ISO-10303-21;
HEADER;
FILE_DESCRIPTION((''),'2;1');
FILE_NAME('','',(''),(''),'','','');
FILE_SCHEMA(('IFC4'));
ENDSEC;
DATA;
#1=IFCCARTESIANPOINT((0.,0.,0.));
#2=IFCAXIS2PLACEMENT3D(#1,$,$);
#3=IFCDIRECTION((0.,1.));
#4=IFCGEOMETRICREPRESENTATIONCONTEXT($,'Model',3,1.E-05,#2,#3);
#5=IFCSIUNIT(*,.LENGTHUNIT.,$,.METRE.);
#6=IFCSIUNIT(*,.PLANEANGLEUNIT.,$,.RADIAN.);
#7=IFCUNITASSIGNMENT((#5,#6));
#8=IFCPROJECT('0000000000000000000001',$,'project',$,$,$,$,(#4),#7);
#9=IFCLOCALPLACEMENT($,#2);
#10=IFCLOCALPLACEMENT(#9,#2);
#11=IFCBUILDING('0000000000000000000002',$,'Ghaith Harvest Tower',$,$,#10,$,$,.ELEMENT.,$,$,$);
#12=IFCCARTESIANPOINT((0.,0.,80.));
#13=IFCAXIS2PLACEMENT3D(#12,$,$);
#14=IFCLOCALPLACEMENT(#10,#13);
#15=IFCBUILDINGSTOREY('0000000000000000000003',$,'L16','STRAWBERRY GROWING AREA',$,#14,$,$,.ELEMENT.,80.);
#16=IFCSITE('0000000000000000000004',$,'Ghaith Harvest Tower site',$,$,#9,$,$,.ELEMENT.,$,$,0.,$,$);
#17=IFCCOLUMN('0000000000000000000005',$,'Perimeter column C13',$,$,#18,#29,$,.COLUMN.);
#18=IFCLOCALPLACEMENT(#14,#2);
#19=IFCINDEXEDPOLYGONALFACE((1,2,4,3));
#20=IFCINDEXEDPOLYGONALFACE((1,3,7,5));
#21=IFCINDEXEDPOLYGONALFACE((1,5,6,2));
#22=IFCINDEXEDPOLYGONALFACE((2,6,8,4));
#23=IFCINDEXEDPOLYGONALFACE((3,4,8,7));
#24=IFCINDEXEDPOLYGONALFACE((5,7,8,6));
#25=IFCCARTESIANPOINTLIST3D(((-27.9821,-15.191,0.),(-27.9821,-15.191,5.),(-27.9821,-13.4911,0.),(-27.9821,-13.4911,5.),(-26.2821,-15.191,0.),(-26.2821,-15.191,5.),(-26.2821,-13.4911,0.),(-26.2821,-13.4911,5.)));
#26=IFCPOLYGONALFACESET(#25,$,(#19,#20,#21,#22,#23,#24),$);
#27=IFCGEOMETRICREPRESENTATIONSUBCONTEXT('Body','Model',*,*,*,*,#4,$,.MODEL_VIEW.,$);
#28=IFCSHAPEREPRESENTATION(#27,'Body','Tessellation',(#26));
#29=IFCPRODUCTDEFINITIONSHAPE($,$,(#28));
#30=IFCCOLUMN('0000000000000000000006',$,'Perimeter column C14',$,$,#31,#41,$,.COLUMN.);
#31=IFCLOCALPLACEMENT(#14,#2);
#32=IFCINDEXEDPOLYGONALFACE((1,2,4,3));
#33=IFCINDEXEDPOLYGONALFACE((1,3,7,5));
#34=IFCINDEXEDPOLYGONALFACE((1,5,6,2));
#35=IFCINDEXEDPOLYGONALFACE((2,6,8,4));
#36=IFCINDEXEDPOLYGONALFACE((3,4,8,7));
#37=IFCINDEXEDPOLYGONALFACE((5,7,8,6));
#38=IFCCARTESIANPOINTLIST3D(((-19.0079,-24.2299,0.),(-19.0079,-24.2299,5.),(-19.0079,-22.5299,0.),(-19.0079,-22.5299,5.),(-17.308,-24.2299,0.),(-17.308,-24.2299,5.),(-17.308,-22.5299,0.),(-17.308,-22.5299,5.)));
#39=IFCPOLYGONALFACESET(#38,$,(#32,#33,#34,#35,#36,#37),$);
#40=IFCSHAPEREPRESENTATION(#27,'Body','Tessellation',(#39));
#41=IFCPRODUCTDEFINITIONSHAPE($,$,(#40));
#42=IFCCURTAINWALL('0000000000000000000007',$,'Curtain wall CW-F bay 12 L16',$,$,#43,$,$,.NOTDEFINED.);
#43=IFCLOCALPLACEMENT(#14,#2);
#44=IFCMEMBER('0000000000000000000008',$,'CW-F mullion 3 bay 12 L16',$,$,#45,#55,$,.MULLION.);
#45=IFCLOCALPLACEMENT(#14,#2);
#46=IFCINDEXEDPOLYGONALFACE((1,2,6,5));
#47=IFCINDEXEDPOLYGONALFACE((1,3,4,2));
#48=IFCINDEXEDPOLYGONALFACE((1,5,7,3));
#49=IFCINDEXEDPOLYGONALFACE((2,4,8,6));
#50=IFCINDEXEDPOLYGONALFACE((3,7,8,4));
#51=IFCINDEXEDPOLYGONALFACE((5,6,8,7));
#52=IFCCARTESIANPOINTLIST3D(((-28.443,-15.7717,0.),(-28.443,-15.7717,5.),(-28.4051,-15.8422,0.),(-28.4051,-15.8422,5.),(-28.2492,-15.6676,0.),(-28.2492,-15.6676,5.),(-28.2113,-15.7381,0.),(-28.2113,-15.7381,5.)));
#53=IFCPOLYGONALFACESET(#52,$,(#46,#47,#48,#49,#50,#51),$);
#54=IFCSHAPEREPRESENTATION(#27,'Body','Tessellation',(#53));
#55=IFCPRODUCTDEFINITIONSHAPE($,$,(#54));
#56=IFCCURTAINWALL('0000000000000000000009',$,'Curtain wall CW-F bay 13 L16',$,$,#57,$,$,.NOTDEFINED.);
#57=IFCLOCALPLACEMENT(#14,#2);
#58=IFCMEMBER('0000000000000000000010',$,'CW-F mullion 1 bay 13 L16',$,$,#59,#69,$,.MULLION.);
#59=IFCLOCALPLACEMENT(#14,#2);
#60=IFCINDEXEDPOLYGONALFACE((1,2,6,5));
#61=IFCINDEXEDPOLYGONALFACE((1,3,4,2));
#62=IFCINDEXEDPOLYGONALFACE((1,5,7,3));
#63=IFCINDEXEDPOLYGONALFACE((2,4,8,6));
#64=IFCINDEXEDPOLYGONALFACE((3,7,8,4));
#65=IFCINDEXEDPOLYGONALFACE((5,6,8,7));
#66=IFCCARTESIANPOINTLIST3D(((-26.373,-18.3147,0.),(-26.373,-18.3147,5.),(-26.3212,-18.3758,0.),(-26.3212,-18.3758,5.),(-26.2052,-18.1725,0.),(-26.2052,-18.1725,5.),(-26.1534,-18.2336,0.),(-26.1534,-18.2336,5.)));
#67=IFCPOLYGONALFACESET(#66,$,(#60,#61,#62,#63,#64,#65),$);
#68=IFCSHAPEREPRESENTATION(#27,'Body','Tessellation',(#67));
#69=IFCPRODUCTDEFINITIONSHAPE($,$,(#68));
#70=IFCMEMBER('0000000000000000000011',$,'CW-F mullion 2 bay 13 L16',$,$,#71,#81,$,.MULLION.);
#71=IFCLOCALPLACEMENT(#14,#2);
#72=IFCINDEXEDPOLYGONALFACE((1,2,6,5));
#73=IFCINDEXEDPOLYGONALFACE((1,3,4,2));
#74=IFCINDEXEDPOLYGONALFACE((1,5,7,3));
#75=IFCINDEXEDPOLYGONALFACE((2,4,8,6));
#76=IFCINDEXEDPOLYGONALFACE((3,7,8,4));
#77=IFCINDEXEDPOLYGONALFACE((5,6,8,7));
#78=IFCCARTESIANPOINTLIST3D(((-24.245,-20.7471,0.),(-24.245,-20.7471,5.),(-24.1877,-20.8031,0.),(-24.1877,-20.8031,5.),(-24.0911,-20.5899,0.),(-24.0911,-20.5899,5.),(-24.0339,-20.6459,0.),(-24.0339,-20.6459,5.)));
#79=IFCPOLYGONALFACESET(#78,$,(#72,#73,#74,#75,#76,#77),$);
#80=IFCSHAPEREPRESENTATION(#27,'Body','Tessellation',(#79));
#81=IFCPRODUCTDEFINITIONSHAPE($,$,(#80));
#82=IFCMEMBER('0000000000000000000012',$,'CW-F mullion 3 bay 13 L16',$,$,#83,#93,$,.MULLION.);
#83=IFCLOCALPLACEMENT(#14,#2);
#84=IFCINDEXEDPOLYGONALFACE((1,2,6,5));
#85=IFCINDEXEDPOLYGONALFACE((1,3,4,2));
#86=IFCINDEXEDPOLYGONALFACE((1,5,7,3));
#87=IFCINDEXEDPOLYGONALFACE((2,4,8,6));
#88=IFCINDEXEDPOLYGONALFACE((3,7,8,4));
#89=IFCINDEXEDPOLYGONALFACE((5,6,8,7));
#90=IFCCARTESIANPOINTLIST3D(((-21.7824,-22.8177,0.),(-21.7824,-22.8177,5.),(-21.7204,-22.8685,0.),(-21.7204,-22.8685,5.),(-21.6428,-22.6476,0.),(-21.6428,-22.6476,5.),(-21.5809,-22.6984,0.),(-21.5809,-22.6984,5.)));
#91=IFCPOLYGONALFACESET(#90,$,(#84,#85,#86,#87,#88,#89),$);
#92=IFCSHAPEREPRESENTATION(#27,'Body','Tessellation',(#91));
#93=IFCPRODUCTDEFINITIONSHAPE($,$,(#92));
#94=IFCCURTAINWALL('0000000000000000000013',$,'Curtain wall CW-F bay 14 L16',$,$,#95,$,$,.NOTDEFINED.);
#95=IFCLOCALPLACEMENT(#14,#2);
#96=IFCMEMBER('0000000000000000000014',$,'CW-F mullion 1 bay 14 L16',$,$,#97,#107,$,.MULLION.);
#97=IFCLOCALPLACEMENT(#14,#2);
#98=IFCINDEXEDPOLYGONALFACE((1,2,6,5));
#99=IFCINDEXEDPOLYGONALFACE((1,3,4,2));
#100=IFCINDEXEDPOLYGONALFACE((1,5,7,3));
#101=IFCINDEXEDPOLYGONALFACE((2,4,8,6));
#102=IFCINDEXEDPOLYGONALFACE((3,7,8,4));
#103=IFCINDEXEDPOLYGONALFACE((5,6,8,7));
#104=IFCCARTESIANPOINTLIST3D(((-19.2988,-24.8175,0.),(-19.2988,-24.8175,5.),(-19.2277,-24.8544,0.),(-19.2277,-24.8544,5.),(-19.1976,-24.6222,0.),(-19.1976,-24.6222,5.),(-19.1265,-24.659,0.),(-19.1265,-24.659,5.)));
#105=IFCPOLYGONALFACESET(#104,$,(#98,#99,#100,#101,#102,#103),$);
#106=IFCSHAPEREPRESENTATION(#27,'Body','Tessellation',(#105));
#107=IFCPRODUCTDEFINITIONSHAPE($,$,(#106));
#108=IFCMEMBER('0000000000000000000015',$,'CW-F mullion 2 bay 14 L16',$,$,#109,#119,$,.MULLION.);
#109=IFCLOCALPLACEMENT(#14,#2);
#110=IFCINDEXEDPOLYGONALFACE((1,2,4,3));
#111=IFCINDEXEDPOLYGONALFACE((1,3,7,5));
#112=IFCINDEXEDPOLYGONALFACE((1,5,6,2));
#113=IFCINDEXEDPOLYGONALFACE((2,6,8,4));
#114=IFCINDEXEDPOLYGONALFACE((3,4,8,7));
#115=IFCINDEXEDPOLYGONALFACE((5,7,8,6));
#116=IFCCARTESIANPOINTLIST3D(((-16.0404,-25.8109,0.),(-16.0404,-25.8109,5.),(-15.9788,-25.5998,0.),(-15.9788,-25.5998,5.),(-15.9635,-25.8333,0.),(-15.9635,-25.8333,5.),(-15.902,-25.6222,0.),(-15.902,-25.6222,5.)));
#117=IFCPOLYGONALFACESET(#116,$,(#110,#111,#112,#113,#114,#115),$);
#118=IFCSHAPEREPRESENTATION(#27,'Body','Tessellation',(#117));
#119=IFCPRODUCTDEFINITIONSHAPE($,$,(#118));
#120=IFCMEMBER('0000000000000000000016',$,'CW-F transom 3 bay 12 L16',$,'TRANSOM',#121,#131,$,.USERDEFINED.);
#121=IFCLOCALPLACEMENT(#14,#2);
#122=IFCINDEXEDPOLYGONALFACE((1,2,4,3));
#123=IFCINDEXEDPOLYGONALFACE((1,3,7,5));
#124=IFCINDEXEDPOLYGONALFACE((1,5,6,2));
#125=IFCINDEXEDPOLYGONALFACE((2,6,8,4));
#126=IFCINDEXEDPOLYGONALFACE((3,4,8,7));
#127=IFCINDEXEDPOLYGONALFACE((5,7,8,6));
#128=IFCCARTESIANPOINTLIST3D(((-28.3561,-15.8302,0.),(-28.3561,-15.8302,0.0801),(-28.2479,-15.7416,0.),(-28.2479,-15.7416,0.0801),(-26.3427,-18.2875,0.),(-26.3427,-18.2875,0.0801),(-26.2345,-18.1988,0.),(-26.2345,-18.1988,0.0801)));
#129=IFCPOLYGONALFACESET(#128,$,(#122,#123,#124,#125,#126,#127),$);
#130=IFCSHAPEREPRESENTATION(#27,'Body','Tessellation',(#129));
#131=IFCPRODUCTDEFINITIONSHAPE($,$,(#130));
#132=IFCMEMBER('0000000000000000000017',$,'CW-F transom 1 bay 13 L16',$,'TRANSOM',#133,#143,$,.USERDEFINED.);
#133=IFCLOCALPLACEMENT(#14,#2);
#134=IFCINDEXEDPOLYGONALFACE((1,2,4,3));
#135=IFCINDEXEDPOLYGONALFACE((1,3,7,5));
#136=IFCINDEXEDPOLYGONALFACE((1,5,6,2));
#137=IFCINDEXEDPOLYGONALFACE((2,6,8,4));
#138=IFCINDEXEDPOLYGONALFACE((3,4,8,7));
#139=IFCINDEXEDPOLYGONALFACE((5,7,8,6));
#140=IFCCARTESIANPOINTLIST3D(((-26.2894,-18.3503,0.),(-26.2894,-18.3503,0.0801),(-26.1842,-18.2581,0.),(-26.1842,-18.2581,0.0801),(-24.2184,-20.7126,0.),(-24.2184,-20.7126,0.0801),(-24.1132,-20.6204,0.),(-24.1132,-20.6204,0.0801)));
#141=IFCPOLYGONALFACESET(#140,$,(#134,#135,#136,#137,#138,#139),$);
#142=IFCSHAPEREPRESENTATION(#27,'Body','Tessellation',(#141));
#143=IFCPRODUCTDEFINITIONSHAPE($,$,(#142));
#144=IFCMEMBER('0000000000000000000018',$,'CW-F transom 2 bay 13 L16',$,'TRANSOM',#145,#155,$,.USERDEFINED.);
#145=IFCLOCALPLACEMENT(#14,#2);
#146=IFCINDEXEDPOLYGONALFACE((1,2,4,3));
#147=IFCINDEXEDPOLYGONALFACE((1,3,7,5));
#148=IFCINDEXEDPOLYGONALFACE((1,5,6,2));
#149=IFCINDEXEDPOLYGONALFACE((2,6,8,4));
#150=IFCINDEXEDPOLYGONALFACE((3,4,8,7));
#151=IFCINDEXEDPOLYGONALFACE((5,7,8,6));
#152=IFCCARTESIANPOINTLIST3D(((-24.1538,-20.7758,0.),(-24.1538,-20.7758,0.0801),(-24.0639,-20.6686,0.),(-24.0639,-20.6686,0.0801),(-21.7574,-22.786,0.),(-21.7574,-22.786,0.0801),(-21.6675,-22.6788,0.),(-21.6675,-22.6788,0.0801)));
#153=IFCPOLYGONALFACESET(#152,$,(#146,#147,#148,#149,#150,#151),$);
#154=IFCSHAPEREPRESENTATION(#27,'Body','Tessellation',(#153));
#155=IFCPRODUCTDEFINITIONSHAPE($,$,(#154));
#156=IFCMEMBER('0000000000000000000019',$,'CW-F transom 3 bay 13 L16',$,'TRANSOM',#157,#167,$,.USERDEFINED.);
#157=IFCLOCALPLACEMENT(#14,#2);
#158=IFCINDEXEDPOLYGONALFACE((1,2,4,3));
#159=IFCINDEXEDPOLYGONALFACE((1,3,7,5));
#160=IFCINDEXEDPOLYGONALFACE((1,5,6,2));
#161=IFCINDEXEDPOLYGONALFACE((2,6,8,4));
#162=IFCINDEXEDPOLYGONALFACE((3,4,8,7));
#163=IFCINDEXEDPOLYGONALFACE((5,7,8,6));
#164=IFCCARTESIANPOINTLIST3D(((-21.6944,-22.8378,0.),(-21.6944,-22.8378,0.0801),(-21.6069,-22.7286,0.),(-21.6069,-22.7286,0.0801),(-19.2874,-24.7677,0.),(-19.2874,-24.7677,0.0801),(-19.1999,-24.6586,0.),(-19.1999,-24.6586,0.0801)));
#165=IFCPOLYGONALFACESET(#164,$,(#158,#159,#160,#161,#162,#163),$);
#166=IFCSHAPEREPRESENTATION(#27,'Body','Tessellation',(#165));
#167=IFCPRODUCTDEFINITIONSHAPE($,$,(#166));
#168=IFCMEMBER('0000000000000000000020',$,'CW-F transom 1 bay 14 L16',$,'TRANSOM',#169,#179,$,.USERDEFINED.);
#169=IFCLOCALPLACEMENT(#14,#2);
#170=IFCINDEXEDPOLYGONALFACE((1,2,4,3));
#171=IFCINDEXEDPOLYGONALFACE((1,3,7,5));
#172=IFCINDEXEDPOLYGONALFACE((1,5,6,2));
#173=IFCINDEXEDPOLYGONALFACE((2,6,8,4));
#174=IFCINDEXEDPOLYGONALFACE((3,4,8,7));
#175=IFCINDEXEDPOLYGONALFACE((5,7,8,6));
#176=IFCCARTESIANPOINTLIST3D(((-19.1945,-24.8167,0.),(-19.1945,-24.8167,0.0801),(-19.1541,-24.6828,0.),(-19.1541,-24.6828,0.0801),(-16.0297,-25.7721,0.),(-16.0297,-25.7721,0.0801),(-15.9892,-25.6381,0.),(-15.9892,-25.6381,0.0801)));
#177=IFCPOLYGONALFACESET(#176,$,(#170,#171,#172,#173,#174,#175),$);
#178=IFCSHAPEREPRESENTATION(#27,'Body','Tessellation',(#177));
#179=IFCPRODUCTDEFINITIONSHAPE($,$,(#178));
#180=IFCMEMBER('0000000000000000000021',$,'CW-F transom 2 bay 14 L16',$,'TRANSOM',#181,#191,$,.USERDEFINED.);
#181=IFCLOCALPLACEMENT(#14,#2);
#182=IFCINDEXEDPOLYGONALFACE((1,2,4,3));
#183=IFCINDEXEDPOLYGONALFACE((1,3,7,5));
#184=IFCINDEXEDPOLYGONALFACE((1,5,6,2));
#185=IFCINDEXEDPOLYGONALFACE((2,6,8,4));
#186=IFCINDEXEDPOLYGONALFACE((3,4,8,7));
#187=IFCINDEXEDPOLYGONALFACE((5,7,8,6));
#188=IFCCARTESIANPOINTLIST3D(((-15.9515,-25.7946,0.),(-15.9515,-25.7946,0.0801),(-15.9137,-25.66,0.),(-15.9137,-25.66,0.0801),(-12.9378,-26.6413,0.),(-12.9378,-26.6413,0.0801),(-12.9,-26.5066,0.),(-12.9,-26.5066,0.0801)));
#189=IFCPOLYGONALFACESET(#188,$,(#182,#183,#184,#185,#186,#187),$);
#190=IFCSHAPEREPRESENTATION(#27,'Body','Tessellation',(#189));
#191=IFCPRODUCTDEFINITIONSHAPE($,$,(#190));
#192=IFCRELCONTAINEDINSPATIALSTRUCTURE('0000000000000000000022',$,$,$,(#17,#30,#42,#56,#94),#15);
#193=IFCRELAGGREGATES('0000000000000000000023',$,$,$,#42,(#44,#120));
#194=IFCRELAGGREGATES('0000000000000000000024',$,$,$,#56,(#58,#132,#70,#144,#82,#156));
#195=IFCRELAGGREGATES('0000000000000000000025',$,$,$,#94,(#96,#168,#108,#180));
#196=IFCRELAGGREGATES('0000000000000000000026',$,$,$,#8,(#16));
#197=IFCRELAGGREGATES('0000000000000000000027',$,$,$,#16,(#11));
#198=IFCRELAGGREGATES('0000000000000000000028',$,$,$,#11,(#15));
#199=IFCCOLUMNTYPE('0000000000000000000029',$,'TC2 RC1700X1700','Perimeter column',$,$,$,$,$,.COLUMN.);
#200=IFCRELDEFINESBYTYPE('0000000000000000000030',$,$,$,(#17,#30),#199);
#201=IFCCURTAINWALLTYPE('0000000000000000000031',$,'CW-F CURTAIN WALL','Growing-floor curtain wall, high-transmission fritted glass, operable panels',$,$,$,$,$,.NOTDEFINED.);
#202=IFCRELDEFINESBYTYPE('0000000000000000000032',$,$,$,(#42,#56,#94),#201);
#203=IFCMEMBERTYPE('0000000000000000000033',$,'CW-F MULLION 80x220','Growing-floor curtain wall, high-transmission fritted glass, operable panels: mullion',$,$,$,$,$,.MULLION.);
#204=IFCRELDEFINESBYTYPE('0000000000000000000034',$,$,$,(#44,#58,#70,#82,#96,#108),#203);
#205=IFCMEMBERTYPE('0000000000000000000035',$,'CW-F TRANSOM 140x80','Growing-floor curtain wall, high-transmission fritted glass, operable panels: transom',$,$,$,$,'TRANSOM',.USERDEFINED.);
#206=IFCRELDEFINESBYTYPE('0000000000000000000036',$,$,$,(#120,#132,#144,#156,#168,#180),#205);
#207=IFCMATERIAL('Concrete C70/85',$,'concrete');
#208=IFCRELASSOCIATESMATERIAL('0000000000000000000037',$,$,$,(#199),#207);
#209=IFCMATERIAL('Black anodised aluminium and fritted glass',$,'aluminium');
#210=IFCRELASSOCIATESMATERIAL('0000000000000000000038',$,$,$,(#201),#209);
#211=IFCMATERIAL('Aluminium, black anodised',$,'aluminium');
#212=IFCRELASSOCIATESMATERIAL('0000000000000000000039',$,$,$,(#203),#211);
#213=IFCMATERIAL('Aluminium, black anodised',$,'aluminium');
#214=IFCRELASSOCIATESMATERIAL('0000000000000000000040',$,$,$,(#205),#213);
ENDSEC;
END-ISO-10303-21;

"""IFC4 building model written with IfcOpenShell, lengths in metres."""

from ifc_helpers import new_model, si_unit, direction, frame, origin, origin_2d, place, context, subcontext, project, spatial, rectangle, extrude, material, material_profile, profile_set, type_object, element, aggregate, save


model = new_model("IFC4")

# Units and contexts
model_context = context("Model", 3, precision=1e-05, world=origin(), true_north=direction((0.0, 1.0)))
body_context = subcontext(model_context, "Body", "Model", "MODEL_VIEW")
ifc_project = project(units=[si_unit("LENGTHUNIT", "METRE"), si_unit("PLANEANGLEUNIT", "RADIAN")], contexts=[model_context])

# Site, building, storey
site_placement = place(None, origin())
site = spatial("IfcSite", under=ifc_project, at=site_placement, Name="Ghaith Harvest Tower site", CompositionType="ELEMENT", RefElevation=0.0)
building_placement = place(site_placement, origin())
building = spatial("IfcBuilding", under=site, at=building_placement, Name="Ghaith Harvest Tower", CompositionType="ELEMENT")
storey_placement = place(building_placement, frame((0.0, 0.0, 80.0)))
storey = spatial("IfcBuildingStorey", under=building, at=storey_placement, Name="L16", Description="STRAWBERRY GROWING AREA", CompositionType="ELEMENT", Elevation=80.0)

# Columns
ifc_material_1 = material(Name="Concrete C70/85", Category="concrete")
ifc_material_profile_1 = material_profile(ifc_material_1, rectangle(XDim=1.7, YDim=1.7, at=origin_2d()), Name="RC1700X1700")
ifc_profile_set_1 = profile_set([ifc_material_profile_1], Name="Concrete C70/85")
column_type = type_object("IfcColumnType", Name="TC2 RC1700X1700", Description="Perimeter column", PredefinedType="COLUMN", material=ifc_profile_set_1)
for number, where, z_axis, x_axis, name in (
    (1, (-27.1321, -14.3411, 0.0), (0.0, 0.0, 1.0), (1.0, 0.0, 0.0), "Perimeter column C13"),
    (2, (-18.158, -23.3799, 0.0), (0.0, 0.0, 1.0), (1.0, 0.0, 0.0), "Perimeter column C14"),
):
    element("IfcColumn", number, at=place(storey_placement, frame(where, z_axis=z_axis, x_axis=x_axis)), inside=storey, type_object=column_type, Name=name, PredefinedType="COLUMN", context=body_context, shape_type="SweptSolid", body=[
        extrude(rectangle(XDim=1.7, YDim=1.7, at=origin_2d()), origin(), (0.0, 0.0, 1.0), 5.0),
    ])

# Curtain wall, member
ifc_material_2 = material(Name="Black anodised aluminium and fritted glass", Category="aluminium")
curtain_wall_type = type_object("IfcCurtainWallType", Name="CW-F CURTAIN WALL", Description="Growing-floor curtain wall, high-transmission fritted glass, operable panels", PredefinedType="NOTDEFINED", material=ifc_material_2)
curtain_wall_1_placement = place(storey_placement, origin())
curtain_wall_1 = element("IfcCurtainWall", 3, at=curtain_wall_1_placement, inside=storey, type_object=curtain_wall_type, Name="Curtain wall CW-F bay 12 L16", PredefinedType="NOTDEFINED")
ifc_material_3 = material(Name="Aluminium, black anodised", Category="aluminium")
ifc_material_profile_2 = material_profile(ifc_material_3, rectangle(XDim=0.0801, YDim=0.22, at=origin_2d()), Name="CW-F MULLION 80x220")
ifc_profile_set_2 = profile_set([ifc_material_profile_2], Name="Aluminium, black anodised")
member_type_1 = type_object("IfcMemberType", Name="CW-F MULLION 80x220", Description="Growing-floor curtain wall, high-transmission fritted glass, operable panels: mullion", PredefinedType="MULLION", material=ifc_profile_set_2)
member_1_placement = place(storey_placement, frame((-28.3271, -15.7549, 0.0), z_axis=(0.0, 0.0, 1.0), x_axis=(0.473265, -0.88092, 0.0)))
member_1 = element("IfcMember", 4, at=member_1_placement, type_object=member_type_1, Name="CW-F mullion 3 bay 12 L16", PredefinedType="MULLION", context=body_context, shape_type="SweptSolid", body=[
    extrude(rectangle(XDim=0.0801, YDim=0.22, at=origin_2d()), origin(), (0.0, 0.0, 1.0), 5.0),
])

# Curtain walls, members
curtain_wall_2_placement = place(storey_placement, origin())
curtain_wall_2 = element("IfcCurtainWall", 5, at=curtain_wall_2_placement, inside=storey, type_object=curtain_wall_type, Name="Curtain wall CW-F bay 13 L16", PredefinedType="NOTDEFINED")
member_2_placement = place(storey_placement, frame((-26.2632, -18.2742, 0.0), z_axis=(0.0, 0.0, 1.0), x_axis=(0.646524, -0.762894, 0.0)))
member_2 = element("IfcMember", 6, at=member_2_placement, type_object=member_type_1, Name="CW-F mullion 1 bay 13 L16", PredefinedType="MULLION", context=body_context, shape_type="SweptSolid", body=[
    extrude(rectangle(XDim=0.0801, YDim=0.22, at=origin_2d()), origin(), (0.0, 0.0, 1.0), 5.0),
])
member_3_placement = place(storey_placement, frame((-24.1394, -20.6965, 0.0), z_axis=(0.0, 0.0, 1.0), x_axis=(0.714663, -0.699469, 0.0)))
member_3 = element("IfcMember", 7, at=member_3_placement, type_object=member_type_1, Name="CW-F mullion 2 bay 13 L16", PredefinedType="MULLION", context=body_context, shape_type="SweptSolid", body=[
    extrude(rectangle(XDim=0.0801, YDim=0.22, at=origin_2d()), origin(), (0.0, 0.0, 1.0), 5.0),
])
member_4_placement = place(storey_placement, frame((-21.6816, -22.7581, 0.0), z_axis=(0.0, 0.0, 1.0), x_axis=(0.773139, -0.634237, 0.0)))
member_4 = element("IfcMember", 8, at=member_4_placement, type_object=member_type_1, Name="CW-F mullion 3 bay 13 L16", PredefinedType="MULLION", context=body_context, shape_type="SweptSolid", body=[
    extrude(rectangle(XDim=0.0801, YDim=0.22, at=origin_2d()), origin(), (0.0, 0.0, 1.0), 5.0),
])
curtain_wall_3_placement = place(storey_placement, origin())
curtain_wall_3 = element("IfcCurtainWall", 9, at=curtain_wall_3_placement, inside=storey, type_object=curtain_wall_type, Name="Curtain wall CW-F bay 14 L16", PredefinedType="NOTDEFINED")
member_5_placement = place(storey_placement, frame((-19.2126, -24.7383, 0.0), z_axis=(0.0, 0.0, 1.0), x_axis=(0.887912, -0.460013, 0.0)))
member_5 = element("IfcMember", 10, at=member_5_placement, type_object=member_type_1, Name="CW-F mullion 1 bay 14 L16", PredefinedType="MULLION", context=body_context, shape_type="SweptSolid", body=[
    extrude(rectangle(XDim=0.0801, YDim=0.22, at=origin_2d()), origin(), (0.0, 0.0, 1.0), 5.0),
])
member_6_placement = place(storey_placement, frame((-15.9712, -25.7166, 0.0), z_axis=(0.0, 0.0, 1.0), x_axis=(0.960009, -0.27997, 0.0)))
member_6 = element("IfcMember", 11, at=member_6_placement, type_object=member_type_1, Name="CW-F mullion 2 bay 14 L16", PredefinedType="MULLION", context=body_context, shape_type="SweptSolid", body=[
    extrude(rectangle(XDim=0.0801, YDim=0.22, at=origin_2d()), origin(), (0.0, 0.0, 1.0), 5.0),
])

# Members
ifc_material_4 = material(Name="Aluminium, black anodised", Category="aluminium")
ifc_material_profile_3 = material_profile(ifc_material_4, rectangle(XDim=0.1399, YDim=0.0801, at=origin_2d()), Name="CW-F TRANSOM 140x80")
ifc_profile_set_3 = profile_set([ifc_material_profile_3], Name="Aluminium, black anodised")
member_type_2 = type_object("IfcMemberType", Name="CW-F TRANSOM 140x80", Description="Growing-floor curtain wall, high-transmission fritted glass, operable panels: transom", ElementType="TRANSOM", PredefinedType="USERDEFINED", material=ifc_profile_set_3)
member_7_placement = place(storey_placement, frame((-28.302, -15.7859, 0.04), z_axis=(0.63379, -0.773505, 0.0), x_axis=(0.773505, 0.63379, 0.0)))
member_7 = element("IfcMember", 12, at=member_7_placement, type_object=member_type_2, Name="CW-F transom 3 bay 12 L16", ObjectType="TRANSOM", PredefinedType="USERDEFINED", context=body_context, shape_type="SweptSolid", body=[
    extrude(rectangle(XDim=0.1399, YDim=0.0801, at=origin_2d()), origin(), (0.0, 0.0, 1.0), 3.1768),
])
member_8_placement = place(storey_placement, frame((-26.2368, -18.3042, 0.04), z_axis=(0.659231, -0.751941, 0.0), x_axis=(0.751941, 0.659231, 0.0)))
member_8 = element("IfcMember", 13, at=member_8_placement, type_object=member_type_2, Name="CW-F transom 1 bay 13 L16", ObjectType="TRANSOM", PredefinedType="USERDEFINED", context=body_context, shape_type="SweptSolid", body=[
    extrude(rectangle(XDim=0.1399, YDim=0.0801, at=origin_2d()), origin(), (0.0, 0.0, 1.0), 3.1416),
])
member_9_placement = place(storey_placement, frame((-24.1089, -20.7222, 0.04), z_axis=(0.766144, -0.642668, 0.0), x_axis=(0.642668, 0.766144, 0.0)))
member_9 = element("IfcMember", 14, at=member_9_placement, type_object=member_type_2, Name="CW-F transom 2 bay 13 L16", ObjectType="TRANSOM", PredefinedType="USERDEFINED", context=body_context, shape_type="SweptSolid", body=[
    extrude(rectangle(XDim=0.1399, YDim=0.0801, at=origin_2d()), origin(), (0.0, 0.0, 1.0), 3.1279),
])
member_10_placement = place(storey_placement, frame((-21.6506, -22.7832, 0.04), z_axis=(0.780181, -0.625554, 0.0), x_axis=(0.625554, 0.780181, 0.0)))
member_10 = element("IfcMember", 15, at=member_10_placement, type_object=member_type_2, Name="CW-F transom 3 bay 13 L16", ObjectType="TRANSOM", PredefinedType="USERDEFINED", context=body_context, shape_type="SweptSolid", body=[
    extrude(rectangle(XDim=0.1399, YDim=0.0801, at=origin_2d()), origin(), (0.0, 0.0, 1.0), 3.0852),
])
member_11_placement = place(storey_placement, frame((-19.1743, -24.7498, 0.04), z_axis=(0.957335, -0.28898, 0.0), x_axis=(0.28898, 0.957335, 0.0)))
member_11 = element("IfcMember", 16, at=member_11_placement, type_object=member_type_2, Name="CW-F transom 1 bay 14 L16", ObjectType="TRANSOM", PredefinedType="USERDEFINED", context=body_context, shape_type="SweptSolid", body=[
    extrude(rectangle(XDim=0.1399, YDim=0.0801, at=origin_2d()), origin(), (0.0, 0.0, 1.0), 3.3059),
])
member_12_placement = place(storey_placement, frame((-15.9326, -25.7273, 0.04), z_axis=(0.962727, -0.270475, 0.0), x_axis=(0.270475, 0.962727, 0.0)))
member_12 = element("IfcMember", 17, at=member_12_placement, type_object=member_type_2, Name="CW-F transom 2 bay 14 L16", ObjectType="TRANSOM", PredefinedType="USERDEFINED", context=body_context, shape_type="SweptSolid", body=[
    extrude(rectangle(XDim=0.1399, YDim=0.0801, at=origin_2d()), origin(), (0.0, 0.0, 1.0), 3.1304),
])

aggregate(curtain_wall_1, [member_1, member_7])
aggregate(curtain_wall_2, [member_2, member_8, member_3, member_9, member_4, member_10])
aggregate(curtain_wall_3, [member_5, member_11, member_6, member_12])

save(model, "model.ifc")
